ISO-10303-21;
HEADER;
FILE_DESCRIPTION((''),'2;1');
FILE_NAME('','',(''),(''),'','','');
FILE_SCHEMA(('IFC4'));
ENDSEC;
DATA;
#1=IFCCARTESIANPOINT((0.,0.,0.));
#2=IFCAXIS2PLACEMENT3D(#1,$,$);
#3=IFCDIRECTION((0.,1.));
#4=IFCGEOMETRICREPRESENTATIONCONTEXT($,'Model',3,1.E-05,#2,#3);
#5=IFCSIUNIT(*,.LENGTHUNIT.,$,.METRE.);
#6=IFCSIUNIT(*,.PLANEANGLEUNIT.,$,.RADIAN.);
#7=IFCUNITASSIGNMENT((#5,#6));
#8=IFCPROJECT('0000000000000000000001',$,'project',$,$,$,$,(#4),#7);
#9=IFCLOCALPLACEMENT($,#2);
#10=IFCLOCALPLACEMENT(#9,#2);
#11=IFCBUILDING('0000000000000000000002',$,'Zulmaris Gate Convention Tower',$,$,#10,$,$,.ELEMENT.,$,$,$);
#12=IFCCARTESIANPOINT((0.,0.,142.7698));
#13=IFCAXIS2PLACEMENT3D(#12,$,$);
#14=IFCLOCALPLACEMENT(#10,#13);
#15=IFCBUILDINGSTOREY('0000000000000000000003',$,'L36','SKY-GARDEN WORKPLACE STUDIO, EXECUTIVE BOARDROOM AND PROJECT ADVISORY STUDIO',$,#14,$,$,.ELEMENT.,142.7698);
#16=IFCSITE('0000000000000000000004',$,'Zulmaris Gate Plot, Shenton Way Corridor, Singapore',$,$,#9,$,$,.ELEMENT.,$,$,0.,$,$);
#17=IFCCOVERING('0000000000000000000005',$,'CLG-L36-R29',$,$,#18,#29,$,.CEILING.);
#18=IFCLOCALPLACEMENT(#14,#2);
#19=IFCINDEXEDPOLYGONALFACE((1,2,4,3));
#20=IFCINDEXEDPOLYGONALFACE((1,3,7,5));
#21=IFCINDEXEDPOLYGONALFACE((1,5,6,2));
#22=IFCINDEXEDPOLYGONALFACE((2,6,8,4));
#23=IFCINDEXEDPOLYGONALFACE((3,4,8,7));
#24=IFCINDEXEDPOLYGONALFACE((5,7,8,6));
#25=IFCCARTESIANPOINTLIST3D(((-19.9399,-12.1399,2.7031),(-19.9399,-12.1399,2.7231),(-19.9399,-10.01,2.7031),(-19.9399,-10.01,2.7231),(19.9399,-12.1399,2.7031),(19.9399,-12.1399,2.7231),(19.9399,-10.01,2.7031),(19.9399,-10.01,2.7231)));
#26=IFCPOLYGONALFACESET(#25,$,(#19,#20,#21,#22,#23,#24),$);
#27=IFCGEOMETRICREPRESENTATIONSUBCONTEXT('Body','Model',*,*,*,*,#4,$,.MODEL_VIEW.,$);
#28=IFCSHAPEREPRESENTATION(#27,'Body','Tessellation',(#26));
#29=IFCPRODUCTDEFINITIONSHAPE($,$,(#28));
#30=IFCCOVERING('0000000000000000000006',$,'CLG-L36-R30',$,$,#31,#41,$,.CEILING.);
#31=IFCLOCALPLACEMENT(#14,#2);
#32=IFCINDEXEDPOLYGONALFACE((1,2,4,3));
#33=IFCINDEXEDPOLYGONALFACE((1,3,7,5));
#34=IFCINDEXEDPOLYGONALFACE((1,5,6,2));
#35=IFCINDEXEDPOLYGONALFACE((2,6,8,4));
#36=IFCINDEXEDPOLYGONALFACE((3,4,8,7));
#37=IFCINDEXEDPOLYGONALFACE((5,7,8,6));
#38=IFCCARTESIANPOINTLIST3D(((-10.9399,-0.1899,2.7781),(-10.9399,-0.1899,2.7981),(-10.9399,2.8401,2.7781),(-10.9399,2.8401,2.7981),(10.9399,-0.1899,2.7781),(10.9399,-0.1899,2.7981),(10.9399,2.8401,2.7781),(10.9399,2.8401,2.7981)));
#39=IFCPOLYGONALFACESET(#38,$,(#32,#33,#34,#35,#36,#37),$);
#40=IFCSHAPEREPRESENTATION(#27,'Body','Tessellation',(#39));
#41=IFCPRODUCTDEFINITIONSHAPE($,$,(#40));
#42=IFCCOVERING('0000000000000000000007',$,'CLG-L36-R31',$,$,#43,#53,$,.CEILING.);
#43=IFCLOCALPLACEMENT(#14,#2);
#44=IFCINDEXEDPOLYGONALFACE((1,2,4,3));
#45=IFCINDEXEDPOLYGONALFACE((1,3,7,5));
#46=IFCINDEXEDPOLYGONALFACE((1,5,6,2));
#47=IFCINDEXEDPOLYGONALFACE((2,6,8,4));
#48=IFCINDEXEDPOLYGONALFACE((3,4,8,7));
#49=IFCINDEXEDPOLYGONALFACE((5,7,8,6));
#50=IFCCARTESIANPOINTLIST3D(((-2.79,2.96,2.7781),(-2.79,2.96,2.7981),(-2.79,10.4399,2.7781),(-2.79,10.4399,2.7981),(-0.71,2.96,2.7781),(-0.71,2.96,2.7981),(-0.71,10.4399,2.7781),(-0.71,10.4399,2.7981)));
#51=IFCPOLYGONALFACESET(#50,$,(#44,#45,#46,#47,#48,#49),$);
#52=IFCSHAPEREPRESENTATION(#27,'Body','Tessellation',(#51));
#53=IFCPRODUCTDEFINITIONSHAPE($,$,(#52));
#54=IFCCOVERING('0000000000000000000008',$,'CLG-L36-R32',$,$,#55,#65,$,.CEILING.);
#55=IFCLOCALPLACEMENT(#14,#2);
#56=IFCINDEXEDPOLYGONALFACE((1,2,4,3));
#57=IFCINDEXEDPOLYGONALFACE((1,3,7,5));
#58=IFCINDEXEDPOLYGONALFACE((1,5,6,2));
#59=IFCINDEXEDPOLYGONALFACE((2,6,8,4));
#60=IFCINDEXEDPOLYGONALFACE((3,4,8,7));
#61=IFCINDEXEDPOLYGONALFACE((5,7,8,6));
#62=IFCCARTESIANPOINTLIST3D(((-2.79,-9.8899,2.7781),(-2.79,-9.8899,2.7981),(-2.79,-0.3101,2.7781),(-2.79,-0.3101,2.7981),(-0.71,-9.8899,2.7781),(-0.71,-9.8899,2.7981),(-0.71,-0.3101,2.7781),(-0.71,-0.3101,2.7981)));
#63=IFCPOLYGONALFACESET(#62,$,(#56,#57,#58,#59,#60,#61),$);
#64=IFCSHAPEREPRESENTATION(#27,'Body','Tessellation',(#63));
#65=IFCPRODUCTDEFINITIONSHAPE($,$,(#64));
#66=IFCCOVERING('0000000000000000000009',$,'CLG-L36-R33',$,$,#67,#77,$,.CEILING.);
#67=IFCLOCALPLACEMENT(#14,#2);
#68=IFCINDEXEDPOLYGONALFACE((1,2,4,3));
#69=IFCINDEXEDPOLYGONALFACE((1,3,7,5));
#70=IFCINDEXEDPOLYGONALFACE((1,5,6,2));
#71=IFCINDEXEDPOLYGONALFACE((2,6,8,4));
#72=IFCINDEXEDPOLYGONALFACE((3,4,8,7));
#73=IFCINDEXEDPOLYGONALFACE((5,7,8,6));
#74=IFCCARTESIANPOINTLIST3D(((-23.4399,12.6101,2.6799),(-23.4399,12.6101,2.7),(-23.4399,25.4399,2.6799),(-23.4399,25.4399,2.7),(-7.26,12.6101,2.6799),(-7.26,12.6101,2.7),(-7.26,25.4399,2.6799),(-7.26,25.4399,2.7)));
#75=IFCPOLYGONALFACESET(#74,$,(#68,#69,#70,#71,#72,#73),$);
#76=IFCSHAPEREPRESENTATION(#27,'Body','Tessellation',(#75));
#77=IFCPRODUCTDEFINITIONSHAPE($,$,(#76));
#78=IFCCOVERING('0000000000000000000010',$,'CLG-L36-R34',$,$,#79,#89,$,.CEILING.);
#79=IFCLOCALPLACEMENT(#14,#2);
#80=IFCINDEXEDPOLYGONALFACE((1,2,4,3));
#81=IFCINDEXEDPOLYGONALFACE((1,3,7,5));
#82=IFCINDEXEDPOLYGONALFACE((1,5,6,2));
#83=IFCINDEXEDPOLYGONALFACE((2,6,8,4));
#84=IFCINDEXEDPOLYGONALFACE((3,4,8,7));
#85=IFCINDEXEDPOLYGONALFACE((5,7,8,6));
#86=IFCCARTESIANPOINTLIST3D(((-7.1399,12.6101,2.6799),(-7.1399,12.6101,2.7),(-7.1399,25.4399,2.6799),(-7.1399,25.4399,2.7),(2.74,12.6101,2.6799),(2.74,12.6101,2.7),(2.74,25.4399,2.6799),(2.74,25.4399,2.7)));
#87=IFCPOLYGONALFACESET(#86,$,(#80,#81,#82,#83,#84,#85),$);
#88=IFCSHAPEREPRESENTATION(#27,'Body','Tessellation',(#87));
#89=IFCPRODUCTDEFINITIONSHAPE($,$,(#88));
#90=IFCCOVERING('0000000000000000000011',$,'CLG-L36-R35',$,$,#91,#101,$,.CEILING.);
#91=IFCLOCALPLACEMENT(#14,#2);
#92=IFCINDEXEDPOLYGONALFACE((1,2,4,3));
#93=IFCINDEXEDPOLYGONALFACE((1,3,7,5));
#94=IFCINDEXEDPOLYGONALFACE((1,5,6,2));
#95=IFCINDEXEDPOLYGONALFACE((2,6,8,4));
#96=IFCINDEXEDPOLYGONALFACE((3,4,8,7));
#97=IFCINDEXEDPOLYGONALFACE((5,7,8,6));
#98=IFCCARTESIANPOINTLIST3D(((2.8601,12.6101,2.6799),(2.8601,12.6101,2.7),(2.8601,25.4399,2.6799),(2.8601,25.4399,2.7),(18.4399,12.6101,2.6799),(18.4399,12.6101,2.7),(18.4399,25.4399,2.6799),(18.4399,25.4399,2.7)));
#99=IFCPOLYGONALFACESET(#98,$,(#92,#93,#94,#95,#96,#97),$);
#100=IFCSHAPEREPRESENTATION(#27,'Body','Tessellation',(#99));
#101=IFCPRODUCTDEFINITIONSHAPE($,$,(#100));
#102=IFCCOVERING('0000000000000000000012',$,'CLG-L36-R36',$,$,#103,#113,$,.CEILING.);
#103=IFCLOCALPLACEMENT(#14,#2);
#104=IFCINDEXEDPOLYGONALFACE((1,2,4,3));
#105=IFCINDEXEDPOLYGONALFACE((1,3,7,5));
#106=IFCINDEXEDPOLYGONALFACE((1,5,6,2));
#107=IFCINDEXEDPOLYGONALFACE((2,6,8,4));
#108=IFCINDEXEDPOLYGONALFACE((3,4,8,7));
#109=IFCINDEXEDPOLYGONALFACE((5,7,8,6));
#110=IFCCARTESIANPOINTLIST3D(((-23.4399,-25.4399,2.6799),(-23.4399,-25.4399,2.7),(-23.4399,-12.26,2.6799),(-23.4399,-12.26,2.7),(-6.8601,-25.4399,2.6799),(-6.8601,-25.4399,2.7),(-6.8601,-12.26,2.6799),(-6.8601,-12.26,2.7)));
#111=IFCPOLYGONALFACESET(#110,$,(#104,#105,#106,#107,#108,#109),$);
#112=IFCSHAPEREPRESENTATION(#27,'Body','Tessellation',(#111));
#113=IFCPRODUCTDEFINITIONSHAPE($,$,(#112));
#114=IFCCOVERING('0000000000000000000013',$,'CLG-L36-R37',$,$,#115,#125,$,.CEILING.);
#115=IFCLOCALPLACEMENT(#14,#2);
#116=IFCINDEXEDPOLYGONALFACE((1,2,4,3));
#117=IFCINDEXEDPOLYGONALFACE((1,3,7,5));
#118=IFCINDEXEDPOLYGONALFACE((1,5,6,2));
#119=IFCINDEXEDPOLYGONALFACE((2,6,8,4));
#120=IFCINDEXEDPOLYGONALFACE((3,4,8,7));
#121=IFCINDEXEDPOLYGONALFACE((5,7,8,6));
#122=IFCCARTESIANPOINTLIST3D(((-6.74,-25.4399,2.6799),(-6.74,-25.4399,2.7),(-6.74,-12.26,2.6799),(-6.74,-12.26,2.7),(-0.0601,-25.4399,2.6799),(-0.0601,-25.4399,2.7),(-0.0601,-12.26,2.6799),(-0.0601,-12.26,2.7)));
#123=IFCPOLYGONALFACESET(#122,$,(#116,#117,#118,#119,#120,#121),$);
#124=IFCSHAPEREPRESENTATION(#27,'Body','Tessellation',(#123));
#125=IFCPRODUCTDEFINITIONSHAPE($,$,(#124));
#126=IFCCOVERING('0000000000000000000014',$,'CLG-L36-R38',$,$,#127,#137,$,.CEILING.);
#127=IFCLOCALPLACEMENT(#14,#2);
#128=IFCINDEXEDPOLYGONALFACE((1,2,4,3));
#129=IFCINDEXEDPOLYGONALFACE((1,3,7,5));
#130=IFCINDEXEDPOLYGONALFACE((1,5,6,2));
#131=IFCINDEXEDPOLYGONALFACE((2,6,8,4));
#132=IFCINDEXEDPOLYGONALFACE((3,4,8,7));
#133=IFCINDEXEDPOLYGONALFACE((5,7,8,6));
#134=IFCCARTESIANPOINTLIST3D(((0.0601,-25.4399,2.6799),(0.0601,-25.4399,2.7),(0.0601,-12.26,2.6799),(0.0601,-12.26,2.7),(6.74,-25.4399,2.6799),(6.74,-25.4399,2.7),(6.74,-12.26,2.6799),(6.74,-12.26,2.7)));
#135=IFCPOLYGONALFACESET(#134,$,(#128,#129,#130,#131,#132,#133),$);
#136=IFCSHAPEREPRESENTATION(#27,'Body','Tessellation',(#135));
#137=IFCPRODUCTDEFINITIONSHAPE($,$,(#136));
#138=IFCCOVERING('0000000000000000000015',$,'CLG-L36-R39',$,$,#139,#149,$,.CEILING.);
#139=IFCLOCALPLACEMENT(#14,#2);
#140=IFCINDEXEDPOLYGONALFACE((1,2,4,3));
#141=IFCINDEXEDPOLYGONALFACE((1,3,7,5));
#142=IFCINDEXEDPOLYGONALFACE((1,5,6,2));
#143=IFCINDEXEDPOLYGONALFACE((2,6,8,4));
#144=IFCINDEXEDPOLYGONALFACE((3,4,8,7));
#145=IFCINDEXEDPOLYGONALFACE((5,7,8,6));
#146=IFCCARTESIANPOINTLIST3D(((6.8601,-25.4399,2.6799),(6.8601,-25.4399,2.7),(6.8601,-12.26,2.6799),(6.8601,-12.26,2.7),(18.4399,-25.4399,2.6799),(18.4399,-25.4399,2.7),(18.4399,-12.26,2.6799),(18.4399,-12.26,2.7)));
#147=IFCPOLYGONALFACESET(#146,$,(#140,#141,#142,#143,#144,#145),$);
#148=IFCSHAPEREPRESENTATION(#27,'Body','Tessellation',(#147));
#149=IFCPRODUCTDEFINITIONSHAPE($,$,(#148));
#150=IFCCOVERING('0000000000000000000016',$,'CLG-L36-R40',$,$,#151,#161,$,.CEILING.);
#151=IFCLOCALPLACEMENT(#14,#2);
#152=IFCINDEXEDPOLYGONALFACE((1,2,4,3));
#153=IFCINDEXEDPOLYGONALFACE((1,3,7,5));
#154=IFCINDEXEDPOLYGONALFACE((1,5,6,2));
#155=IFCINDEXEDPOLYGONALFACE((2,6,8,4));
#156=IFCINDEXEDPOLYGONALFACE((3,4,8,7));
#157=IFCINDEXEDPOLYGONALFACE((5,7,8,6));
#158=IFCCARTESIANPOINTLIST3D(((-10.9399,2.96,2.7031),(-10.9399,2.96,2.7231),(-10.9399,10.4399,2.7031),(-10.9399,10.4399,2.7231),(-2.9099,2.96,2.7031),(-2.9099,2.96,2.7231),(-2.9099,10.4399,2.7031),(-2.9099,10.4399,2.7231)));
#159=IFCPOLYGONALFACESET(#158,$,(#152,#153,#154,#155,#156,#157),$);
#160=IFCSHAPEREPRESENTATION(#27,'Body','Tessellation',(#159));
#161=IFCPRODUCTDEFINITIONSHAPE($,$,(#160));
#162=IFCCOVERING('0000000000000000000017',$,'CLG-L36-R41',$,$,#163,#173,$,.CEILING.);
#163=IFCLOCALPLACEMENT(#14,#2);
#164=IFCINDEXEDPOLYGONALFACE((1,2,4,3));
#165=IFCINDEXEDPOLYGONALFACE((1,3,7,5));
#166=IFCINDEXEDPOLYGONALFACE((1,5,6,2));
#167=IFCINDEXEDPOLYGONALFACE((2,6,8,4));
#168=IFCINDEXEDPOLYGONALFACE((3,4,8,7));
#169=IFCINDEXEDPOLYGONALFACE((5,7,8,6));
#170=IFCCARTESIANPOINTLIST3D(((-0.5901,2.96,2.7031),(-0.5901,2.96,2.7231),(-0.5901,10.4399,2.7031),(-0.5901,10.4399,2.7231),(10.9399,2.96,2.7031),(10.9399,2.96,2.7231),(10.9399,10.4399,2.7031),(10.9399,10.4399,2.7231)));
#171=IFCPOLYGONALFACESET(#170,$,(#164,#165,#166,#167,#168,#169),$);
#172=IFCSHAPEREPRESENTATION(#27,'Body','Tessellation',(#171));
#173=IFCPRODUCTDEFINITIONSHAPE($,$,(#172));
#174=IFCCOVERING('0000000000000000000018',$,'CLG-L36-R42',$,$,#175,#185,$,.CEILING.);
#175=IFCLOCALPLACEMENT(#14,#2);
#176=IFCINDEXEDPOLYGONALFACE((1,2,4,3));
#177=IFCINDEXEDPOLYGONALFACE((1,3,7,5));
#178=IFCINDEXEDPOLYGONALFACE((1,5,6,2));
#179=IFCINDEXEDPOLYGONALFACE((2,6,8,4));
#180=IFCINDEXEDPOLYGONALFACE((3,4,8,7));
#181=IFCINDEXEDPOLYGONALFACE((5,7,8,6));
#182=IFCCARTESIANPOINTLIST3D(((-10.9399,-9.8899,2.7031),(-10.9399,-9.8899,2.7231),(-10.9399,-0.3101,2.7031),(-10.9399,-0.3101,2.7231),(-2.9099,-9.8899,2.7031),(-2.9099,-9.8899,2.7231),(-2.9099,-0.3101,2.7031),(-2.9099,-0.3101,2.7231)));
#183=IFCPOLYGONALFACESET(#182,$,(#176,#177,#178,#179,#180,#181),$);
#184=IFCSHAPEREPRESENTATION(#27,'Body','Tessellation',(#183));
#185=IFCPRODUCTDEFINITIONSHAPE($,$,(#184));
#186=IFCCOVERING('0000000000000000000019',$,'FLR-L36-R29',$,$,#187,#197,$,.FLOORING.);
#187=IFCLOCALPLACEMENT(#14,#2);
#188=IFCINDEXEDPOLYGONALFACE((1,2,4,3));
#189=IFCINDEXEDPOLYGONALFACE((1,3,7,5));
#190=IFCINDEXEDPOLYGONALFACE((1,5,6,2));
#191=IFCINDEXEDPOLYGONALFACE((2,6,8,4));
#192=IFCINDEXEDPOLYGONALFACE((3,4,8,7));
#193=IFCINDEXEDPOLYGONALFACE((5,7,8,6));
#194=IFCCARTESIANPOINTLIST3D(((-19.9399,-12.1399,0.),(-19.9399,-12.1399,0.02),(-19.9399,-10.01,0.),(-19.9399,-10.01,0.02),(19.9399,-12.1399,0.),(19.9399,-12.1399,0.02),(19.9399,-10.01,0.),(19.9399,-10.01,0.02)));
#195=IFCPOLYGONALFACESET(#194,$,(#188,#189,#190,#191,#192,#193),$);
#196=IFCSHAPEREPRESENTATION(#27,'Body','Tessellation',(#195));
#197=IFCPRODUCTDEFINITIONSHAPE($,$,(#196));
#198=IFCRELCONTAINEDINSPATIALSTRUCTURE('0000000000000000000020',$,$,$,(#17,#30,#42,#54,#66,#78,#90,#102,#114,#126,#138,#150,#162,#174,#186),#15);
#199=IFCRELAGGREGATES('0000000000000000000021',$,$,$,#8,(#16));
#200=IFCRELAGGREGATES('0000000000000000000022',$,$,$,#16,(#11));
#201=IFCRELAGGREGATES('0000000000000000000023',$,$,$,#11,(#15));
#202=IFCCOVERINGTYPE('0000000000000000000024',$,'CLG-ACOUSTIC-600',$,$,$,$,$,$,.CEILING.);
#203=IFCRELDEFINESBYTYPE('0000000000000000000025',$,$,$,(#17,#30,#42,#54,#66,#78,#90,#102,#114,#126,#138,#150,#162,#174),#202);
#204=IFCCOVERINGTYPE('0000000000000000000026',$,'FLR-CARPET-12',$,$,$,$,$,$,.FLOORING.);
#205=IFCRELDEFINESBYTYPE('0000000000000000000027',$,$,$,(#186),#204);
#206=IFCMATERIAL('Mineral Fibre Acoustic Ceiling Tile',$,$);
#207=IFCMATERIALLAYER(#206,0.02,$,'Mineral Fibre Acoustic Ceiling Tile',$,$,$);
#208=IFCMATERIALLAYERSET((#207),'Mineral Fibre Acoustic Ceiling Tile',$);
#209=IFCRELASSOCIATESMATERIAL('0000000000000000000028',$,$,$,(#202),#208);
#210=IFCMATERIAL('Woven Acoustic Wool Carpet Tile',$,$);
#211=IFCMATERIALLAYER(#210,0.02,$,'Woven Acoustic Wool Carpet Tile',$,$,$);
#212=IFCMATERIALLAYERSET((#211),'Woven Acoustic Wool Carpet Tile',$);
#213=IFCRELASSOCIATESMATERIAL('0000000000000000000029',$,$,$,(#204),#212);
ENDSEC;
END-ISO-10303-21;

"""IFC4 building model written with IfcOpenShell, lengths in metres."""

from ifc_helpers import new_model, si_unit, direction, frame, origin, place, context, subcontext, project, spatial, polyline, outline, extrude, material, layer, layer_set, type_object, element, save


model = new_model("IFC4")

# Units and contexts
model_context = context("Model", 3, precision=1e-05, world=origin(), true_north=direction((0.0, 1.0)))
body_context = subcontext(model_context, "Body", "Model", "MODEL_VIEW")
ifc_project = project(units=[si_unit("LENGTHUNIT", "METRE"), si_unit("PLANEANGLEUNIT", "RADIAN")], contexts=[model_context])

# Site, building, storey
site_placement = place(None, origin())
site = spatial("IfcSite", under=ifc_project, at=site_placement, Name="Zulmaris Gate Plot, Shenton Way Corridor, Singapore", CompositionType="ELEMENT", RefElevation=0.0)
building_placement = place(site_placement, origin())
building = spatial("IfcBuilding", under=site, at=building_placement, Name="Zulmaris Gate Convention Tower", CompositionType="ELEMENT")
storey_placement = place(building_placement, frame((0.0, 0.0, 142.7698)))
storey = spatial("IfcBuildingStorey", under=building, at=storey_placement, Name="L36", Description="SKY-GARDEN WORKPLACE STUDIO, EXECUTIVE BOARDROOM AND PROJECT ADVISORY STUDIO", CompositionType="ELEMENT", Elevation=142.7698)

# Coverings
ifc_material_1 = material(Name="Mineral Fibre Acoustic Ceiling Tile")
ifc_layer_1 = layer(ifc_material_1, 0.02, Name="Mineral Fibre Acoustic Ceiling Tile")
ifc_layer_set_1 = layer_set([ifc_layer_1], Name="Mineral Fibre Acoustic Ceiling Tile")
covering_type_1 = type_object("IfcCoveringType", Name="CLG-ACOUSTIC-600", PredefinedType="CEILING", material=ifc_layer_set_1)
covering_1_placement = place(storey_placement, frame((0.0, 0.0, 2.7031)))
element("IfcCovering", 1, at=covering_1_placement, inside=storey, type_object=covering_type_1, Name="CLG-L36-R29", PredefinedType="CEILING", context=body_context, shape_type="SweptSolid", body=[
    extrude(outline(polyline([(-19.9399, -12.1399), (19.9399, -12.1399), (19.9399, -10.01), (-19.9399, -10.01), (-19.9399, -12.1399)])), origin(), (0.0, 0.0, 1.0), 0.02),
])
covering_2_placement = place(storey_placement, frame((0.0, 0.0, 2.7781)))
element("IfcCovering", 2, at=covering_2_placement, inside=storey, type_object=covering_type_1, Name="CLG-L36-R30", PredefinedType="CEILING", context=body_context, shape_type="SweptSolid", body=[
    extrude(outline(polyline([(-10.9399, -0.1899), (10.9399, -0.1899), (10.9399, 2.8401), (-10.9399, 2.8401), (-10.9399, -0.1899)])), origin(), (0.0, 0.0, 1.0), 0.02),
])
covering_3_placement = place(storey_placement, frame((0.0, 0.0, 2.7781)))
element("IfcCovering", 3, at=covering_3_placement, inside=storey, type_object=covering_type_1, Name="CLG-L36-R31", PredefinedType="CEILING", context=body_context, shape_type="SweptSolid", body=[
    extrude(outline(polyline([(-2.79, 2.96), (-0.71, 2.96), (-0.71, 10.4399), (-2.79, 10.4399), (-2.79, 2.96)])), origin(), (0.0, 0.0, 1.0), 0.02),
])
covering_4_placement = place(storey_placement, frame((0.0, 0.0, 2.7781)))
element("IfcCovering", 4, at=covering_4_placement, inside=storey, type_object=covering_type_1, Name="CLG-L36-R32", PredefinedType="CEILING", context=body_context, shape_type="SweptSolid", body=[
    extrude(outline(polyline([(-2.79, -9.8899), (-0.71, -9.8899), (-0.71, -0.3101), (-2.79, -0.3101), (-2.79, -9.8899)])), origin(), (0.0, 0.0, 1.0), 0.02),
])
covering_5_placement = place(storey_placement, frame((0.0, 0.0, 2.6799)))
element("IfcCovering", 5, at=covering_5_placement, inside=storey, type_object=covering_type_1, Name="CLG-L36-R33", PredefinedType="CEILING", context=body_context, shape_type="SweptSolid", body=[
    extrude(outline(polyline([(-23.4399, 12.6101), (-7.26, 12.6101), (-7.26, 25.4399), (-23.4399, 25.4399), (-23.4399, 12.6101)])), origin(), (0.0, 0.0, 1.0), 0.02),
])
covering_6_placement = place(storey_placement, frame((0.0, 0.0, 2.6799)))
element("IfcCovering", 6, at=covering_6_placement, inside=storey, type_object=covering_type_1, Name="CLG-L36-R34", PredefinedType="CEILING", context=body_context, shape_type="SweptSolid", body=[
    extrude(outline(polyline([(-7.1399, 12.6101), (2.74, 12.6101), (2.74, 25.4399), (-7.1399, 25.4399), (-7.1399, 12.6101)])), origin(), (0.0, 0.0, 1.0), 0.02),
])
covering_7_placement = place(storey_placement, frame((0.0, 0.0, 2.6799)))
element("IfcCovering", 7, at=covering_7_placement, inside=storey, type_object=covering_type_1, Name="CLG-L36-R35", PredefinedType="CEILING", context=body_context, shape_type="SweptSolid", body=[
    extrude(outline(polyline([(2.8601, 12.6101), (18.4399, 12.6101), (18.4399, 25.4399), (2.8601, 25.4399), (2.8601, 12.6101)])), origin(), (0.0, 0.0, 1.0), 0.02),
])
covering_8_placement = place(storey_placement, frame((0.0, 0.0, 2.6799)))
element("IfcCovering", 8, at=covering_8_placement, inside=storey, type_object=covering_type_1, Name="CLG-L36-R36", PredefinedType="CEILING", context=body_context, shape_type="SweptSolid", body=[
    extrude(outline(polyline([(-23.4399, -25.4399), (-6.8601, -25.4399), (-6.8601, -12.26), (-23.4399, -12.26), (-23.4399, -25.4399)])), origin(), (0.0, 0.0, 1.0), 0.02),
])
covering_9_placement = place(storey_placement, frame((0.0, 0.0, 2.6799)))
element("IfcCovering", 9, at=covering_9_placement, inside=storey, type_object=covering_type_1, Name="CLG-L36-R37", PredefinedType="CEILING", context=body_context, shape_type="SweptSolid", body=[
    extrude(outline(polyline([(-6.74, -25.4399), (-0.0601, -25.4399), (-0.0601, -12.26), (-6.74, -12.26), (-6.74, -25.4399)])), origin(), (0.0, 0.0, 1.0), 0.02),
])
covering_10_placement = place(storey_placement, frame((0.0, 0.0, 2.6799)))
element("IfcCovering", 10, at=covering_10_placement, inside=storey, type_object=covering_type_1, Name="CLG-L36-R38", PredefinedType="CEILING", context=body_context, shape_type="SweptSolid", body=[
    extrude(outline(polyline([(0.0601, -25.4399), (6.74, -25.4399), (6.74, -12.26), (0.0601, -12.26), (0.0601, -25.4399)])), origin(), (0.0, 0.0, 1.0), 0.02),
])
covering_11_placement = place(storey_placement, frame((0.0, 0.0, 2.6799)))
element("IfcCovering", 11, at=covering_11_placement, inside=storey, type_object=covering_type_1, Name="CLG-L36-R39", PredefinedType="CEILING", context=body_context, shape_type="SweptSolid", body=[
    extrude(outline(polyline([(6.8601, -25.4399), (18.4399, -25.4399), (18.4399, -12.26), (6.8601, -12.26), (6.8601, -25.4399)])), origin(), (0.0, 0.0, 1.0), 0.02),
])
covering_12_placement = place(storey_placement, frame((0.0, 0.0, 2.7031)))
element("IfcCovering", 12, at=covering_12_placement, inside=storey, type_object=covering_type_1, Name="CLG-L36-R40", PredefinedType="CEILING", context=body_context, shape_type="SweptSolid", body=[
    extrude(outline(polyline([(-10.9399, 2.96), (-2.9099, 2.96), (-2.9099, 10.4399), (-10.9399, 10.4399), (-10.9399, 2.96)])), origin(), (0.0, 0.0, 1.0), 0.02),
])
covering_13_placement = place(storey_placement, frame((0.0, 0.0, 2.7031)))
element("IfcCovering", 13, at=covering_13_placement, inside=storey, type_object=covering_type_1, Name="CLG-L36-R41", PredefinedType="CEILING", context=body_context, shape_type="SweptSolid", body=[
    extrude(outline(polyline([(-0.5901, 2.96), (10.9399, 2.96), (10.9399, 10.4399), (-0.5901, 10.4399), (-0.5901, 2.96)])), origin(), (0.0, 0.0, 1.0), 0.02),
])
covering_14_placement = place(storey_placement, frame((0.0, 0.0, 2.7031)))
element("IfcCovering", 14, at=covering_14_placement, inside=storey, type_object=covering_type_1, Name="CLG-L36-R42", PredefinedType="CEILING", context=body_context, shape_type="SweptSolid", body=[
    extrude(outline(polyline([(-10.9399, -9.8899), (-2.9099, -9.8899), (-2.9099, -0.3101), (-10.9399, -0.3101), (-10.9399, -9.8899)])), origin(), (0.0, 0.0, 1.0), 0.02),
])
ifc_material_2 = material(Name="Woven Acoustic Wool Carpet Tile")
ifc_layer_2 = layer(ifc_material_2, 0.02, Name="Woven Acoustic Wool Carpet Tile")
ifc_layer_set_2 = layer_set([ifc_layer_2], Name="Woven Acoustic Wool Carpet Tile")
covering_type_2 = type_object("IfcCoveringType", Name="FLR-CARPET-12", PredefinedType="FLOORING", material=ifc_layer_set_2)
covering_15_placement = place(storey_placement, origin())
element("IfcCovering", 15, at=covering_15_placement, inside=storey, type_object=covering_type_2, Name="FLR-L36-R29", PredefinedType="FLOORING", context=body_context, shape_type="SweptSolid", body=[
    extrude(outline(polyline([(-19.9399, -12.1399), (19.9399, -12.1399), (19.9399, -10.01), (-19.9399, -10.01), (-19.9399, -12.1399)])), origin(), (0.0, 0.0, 1.0), 0.02),
])

save(model, "model.ifc")
